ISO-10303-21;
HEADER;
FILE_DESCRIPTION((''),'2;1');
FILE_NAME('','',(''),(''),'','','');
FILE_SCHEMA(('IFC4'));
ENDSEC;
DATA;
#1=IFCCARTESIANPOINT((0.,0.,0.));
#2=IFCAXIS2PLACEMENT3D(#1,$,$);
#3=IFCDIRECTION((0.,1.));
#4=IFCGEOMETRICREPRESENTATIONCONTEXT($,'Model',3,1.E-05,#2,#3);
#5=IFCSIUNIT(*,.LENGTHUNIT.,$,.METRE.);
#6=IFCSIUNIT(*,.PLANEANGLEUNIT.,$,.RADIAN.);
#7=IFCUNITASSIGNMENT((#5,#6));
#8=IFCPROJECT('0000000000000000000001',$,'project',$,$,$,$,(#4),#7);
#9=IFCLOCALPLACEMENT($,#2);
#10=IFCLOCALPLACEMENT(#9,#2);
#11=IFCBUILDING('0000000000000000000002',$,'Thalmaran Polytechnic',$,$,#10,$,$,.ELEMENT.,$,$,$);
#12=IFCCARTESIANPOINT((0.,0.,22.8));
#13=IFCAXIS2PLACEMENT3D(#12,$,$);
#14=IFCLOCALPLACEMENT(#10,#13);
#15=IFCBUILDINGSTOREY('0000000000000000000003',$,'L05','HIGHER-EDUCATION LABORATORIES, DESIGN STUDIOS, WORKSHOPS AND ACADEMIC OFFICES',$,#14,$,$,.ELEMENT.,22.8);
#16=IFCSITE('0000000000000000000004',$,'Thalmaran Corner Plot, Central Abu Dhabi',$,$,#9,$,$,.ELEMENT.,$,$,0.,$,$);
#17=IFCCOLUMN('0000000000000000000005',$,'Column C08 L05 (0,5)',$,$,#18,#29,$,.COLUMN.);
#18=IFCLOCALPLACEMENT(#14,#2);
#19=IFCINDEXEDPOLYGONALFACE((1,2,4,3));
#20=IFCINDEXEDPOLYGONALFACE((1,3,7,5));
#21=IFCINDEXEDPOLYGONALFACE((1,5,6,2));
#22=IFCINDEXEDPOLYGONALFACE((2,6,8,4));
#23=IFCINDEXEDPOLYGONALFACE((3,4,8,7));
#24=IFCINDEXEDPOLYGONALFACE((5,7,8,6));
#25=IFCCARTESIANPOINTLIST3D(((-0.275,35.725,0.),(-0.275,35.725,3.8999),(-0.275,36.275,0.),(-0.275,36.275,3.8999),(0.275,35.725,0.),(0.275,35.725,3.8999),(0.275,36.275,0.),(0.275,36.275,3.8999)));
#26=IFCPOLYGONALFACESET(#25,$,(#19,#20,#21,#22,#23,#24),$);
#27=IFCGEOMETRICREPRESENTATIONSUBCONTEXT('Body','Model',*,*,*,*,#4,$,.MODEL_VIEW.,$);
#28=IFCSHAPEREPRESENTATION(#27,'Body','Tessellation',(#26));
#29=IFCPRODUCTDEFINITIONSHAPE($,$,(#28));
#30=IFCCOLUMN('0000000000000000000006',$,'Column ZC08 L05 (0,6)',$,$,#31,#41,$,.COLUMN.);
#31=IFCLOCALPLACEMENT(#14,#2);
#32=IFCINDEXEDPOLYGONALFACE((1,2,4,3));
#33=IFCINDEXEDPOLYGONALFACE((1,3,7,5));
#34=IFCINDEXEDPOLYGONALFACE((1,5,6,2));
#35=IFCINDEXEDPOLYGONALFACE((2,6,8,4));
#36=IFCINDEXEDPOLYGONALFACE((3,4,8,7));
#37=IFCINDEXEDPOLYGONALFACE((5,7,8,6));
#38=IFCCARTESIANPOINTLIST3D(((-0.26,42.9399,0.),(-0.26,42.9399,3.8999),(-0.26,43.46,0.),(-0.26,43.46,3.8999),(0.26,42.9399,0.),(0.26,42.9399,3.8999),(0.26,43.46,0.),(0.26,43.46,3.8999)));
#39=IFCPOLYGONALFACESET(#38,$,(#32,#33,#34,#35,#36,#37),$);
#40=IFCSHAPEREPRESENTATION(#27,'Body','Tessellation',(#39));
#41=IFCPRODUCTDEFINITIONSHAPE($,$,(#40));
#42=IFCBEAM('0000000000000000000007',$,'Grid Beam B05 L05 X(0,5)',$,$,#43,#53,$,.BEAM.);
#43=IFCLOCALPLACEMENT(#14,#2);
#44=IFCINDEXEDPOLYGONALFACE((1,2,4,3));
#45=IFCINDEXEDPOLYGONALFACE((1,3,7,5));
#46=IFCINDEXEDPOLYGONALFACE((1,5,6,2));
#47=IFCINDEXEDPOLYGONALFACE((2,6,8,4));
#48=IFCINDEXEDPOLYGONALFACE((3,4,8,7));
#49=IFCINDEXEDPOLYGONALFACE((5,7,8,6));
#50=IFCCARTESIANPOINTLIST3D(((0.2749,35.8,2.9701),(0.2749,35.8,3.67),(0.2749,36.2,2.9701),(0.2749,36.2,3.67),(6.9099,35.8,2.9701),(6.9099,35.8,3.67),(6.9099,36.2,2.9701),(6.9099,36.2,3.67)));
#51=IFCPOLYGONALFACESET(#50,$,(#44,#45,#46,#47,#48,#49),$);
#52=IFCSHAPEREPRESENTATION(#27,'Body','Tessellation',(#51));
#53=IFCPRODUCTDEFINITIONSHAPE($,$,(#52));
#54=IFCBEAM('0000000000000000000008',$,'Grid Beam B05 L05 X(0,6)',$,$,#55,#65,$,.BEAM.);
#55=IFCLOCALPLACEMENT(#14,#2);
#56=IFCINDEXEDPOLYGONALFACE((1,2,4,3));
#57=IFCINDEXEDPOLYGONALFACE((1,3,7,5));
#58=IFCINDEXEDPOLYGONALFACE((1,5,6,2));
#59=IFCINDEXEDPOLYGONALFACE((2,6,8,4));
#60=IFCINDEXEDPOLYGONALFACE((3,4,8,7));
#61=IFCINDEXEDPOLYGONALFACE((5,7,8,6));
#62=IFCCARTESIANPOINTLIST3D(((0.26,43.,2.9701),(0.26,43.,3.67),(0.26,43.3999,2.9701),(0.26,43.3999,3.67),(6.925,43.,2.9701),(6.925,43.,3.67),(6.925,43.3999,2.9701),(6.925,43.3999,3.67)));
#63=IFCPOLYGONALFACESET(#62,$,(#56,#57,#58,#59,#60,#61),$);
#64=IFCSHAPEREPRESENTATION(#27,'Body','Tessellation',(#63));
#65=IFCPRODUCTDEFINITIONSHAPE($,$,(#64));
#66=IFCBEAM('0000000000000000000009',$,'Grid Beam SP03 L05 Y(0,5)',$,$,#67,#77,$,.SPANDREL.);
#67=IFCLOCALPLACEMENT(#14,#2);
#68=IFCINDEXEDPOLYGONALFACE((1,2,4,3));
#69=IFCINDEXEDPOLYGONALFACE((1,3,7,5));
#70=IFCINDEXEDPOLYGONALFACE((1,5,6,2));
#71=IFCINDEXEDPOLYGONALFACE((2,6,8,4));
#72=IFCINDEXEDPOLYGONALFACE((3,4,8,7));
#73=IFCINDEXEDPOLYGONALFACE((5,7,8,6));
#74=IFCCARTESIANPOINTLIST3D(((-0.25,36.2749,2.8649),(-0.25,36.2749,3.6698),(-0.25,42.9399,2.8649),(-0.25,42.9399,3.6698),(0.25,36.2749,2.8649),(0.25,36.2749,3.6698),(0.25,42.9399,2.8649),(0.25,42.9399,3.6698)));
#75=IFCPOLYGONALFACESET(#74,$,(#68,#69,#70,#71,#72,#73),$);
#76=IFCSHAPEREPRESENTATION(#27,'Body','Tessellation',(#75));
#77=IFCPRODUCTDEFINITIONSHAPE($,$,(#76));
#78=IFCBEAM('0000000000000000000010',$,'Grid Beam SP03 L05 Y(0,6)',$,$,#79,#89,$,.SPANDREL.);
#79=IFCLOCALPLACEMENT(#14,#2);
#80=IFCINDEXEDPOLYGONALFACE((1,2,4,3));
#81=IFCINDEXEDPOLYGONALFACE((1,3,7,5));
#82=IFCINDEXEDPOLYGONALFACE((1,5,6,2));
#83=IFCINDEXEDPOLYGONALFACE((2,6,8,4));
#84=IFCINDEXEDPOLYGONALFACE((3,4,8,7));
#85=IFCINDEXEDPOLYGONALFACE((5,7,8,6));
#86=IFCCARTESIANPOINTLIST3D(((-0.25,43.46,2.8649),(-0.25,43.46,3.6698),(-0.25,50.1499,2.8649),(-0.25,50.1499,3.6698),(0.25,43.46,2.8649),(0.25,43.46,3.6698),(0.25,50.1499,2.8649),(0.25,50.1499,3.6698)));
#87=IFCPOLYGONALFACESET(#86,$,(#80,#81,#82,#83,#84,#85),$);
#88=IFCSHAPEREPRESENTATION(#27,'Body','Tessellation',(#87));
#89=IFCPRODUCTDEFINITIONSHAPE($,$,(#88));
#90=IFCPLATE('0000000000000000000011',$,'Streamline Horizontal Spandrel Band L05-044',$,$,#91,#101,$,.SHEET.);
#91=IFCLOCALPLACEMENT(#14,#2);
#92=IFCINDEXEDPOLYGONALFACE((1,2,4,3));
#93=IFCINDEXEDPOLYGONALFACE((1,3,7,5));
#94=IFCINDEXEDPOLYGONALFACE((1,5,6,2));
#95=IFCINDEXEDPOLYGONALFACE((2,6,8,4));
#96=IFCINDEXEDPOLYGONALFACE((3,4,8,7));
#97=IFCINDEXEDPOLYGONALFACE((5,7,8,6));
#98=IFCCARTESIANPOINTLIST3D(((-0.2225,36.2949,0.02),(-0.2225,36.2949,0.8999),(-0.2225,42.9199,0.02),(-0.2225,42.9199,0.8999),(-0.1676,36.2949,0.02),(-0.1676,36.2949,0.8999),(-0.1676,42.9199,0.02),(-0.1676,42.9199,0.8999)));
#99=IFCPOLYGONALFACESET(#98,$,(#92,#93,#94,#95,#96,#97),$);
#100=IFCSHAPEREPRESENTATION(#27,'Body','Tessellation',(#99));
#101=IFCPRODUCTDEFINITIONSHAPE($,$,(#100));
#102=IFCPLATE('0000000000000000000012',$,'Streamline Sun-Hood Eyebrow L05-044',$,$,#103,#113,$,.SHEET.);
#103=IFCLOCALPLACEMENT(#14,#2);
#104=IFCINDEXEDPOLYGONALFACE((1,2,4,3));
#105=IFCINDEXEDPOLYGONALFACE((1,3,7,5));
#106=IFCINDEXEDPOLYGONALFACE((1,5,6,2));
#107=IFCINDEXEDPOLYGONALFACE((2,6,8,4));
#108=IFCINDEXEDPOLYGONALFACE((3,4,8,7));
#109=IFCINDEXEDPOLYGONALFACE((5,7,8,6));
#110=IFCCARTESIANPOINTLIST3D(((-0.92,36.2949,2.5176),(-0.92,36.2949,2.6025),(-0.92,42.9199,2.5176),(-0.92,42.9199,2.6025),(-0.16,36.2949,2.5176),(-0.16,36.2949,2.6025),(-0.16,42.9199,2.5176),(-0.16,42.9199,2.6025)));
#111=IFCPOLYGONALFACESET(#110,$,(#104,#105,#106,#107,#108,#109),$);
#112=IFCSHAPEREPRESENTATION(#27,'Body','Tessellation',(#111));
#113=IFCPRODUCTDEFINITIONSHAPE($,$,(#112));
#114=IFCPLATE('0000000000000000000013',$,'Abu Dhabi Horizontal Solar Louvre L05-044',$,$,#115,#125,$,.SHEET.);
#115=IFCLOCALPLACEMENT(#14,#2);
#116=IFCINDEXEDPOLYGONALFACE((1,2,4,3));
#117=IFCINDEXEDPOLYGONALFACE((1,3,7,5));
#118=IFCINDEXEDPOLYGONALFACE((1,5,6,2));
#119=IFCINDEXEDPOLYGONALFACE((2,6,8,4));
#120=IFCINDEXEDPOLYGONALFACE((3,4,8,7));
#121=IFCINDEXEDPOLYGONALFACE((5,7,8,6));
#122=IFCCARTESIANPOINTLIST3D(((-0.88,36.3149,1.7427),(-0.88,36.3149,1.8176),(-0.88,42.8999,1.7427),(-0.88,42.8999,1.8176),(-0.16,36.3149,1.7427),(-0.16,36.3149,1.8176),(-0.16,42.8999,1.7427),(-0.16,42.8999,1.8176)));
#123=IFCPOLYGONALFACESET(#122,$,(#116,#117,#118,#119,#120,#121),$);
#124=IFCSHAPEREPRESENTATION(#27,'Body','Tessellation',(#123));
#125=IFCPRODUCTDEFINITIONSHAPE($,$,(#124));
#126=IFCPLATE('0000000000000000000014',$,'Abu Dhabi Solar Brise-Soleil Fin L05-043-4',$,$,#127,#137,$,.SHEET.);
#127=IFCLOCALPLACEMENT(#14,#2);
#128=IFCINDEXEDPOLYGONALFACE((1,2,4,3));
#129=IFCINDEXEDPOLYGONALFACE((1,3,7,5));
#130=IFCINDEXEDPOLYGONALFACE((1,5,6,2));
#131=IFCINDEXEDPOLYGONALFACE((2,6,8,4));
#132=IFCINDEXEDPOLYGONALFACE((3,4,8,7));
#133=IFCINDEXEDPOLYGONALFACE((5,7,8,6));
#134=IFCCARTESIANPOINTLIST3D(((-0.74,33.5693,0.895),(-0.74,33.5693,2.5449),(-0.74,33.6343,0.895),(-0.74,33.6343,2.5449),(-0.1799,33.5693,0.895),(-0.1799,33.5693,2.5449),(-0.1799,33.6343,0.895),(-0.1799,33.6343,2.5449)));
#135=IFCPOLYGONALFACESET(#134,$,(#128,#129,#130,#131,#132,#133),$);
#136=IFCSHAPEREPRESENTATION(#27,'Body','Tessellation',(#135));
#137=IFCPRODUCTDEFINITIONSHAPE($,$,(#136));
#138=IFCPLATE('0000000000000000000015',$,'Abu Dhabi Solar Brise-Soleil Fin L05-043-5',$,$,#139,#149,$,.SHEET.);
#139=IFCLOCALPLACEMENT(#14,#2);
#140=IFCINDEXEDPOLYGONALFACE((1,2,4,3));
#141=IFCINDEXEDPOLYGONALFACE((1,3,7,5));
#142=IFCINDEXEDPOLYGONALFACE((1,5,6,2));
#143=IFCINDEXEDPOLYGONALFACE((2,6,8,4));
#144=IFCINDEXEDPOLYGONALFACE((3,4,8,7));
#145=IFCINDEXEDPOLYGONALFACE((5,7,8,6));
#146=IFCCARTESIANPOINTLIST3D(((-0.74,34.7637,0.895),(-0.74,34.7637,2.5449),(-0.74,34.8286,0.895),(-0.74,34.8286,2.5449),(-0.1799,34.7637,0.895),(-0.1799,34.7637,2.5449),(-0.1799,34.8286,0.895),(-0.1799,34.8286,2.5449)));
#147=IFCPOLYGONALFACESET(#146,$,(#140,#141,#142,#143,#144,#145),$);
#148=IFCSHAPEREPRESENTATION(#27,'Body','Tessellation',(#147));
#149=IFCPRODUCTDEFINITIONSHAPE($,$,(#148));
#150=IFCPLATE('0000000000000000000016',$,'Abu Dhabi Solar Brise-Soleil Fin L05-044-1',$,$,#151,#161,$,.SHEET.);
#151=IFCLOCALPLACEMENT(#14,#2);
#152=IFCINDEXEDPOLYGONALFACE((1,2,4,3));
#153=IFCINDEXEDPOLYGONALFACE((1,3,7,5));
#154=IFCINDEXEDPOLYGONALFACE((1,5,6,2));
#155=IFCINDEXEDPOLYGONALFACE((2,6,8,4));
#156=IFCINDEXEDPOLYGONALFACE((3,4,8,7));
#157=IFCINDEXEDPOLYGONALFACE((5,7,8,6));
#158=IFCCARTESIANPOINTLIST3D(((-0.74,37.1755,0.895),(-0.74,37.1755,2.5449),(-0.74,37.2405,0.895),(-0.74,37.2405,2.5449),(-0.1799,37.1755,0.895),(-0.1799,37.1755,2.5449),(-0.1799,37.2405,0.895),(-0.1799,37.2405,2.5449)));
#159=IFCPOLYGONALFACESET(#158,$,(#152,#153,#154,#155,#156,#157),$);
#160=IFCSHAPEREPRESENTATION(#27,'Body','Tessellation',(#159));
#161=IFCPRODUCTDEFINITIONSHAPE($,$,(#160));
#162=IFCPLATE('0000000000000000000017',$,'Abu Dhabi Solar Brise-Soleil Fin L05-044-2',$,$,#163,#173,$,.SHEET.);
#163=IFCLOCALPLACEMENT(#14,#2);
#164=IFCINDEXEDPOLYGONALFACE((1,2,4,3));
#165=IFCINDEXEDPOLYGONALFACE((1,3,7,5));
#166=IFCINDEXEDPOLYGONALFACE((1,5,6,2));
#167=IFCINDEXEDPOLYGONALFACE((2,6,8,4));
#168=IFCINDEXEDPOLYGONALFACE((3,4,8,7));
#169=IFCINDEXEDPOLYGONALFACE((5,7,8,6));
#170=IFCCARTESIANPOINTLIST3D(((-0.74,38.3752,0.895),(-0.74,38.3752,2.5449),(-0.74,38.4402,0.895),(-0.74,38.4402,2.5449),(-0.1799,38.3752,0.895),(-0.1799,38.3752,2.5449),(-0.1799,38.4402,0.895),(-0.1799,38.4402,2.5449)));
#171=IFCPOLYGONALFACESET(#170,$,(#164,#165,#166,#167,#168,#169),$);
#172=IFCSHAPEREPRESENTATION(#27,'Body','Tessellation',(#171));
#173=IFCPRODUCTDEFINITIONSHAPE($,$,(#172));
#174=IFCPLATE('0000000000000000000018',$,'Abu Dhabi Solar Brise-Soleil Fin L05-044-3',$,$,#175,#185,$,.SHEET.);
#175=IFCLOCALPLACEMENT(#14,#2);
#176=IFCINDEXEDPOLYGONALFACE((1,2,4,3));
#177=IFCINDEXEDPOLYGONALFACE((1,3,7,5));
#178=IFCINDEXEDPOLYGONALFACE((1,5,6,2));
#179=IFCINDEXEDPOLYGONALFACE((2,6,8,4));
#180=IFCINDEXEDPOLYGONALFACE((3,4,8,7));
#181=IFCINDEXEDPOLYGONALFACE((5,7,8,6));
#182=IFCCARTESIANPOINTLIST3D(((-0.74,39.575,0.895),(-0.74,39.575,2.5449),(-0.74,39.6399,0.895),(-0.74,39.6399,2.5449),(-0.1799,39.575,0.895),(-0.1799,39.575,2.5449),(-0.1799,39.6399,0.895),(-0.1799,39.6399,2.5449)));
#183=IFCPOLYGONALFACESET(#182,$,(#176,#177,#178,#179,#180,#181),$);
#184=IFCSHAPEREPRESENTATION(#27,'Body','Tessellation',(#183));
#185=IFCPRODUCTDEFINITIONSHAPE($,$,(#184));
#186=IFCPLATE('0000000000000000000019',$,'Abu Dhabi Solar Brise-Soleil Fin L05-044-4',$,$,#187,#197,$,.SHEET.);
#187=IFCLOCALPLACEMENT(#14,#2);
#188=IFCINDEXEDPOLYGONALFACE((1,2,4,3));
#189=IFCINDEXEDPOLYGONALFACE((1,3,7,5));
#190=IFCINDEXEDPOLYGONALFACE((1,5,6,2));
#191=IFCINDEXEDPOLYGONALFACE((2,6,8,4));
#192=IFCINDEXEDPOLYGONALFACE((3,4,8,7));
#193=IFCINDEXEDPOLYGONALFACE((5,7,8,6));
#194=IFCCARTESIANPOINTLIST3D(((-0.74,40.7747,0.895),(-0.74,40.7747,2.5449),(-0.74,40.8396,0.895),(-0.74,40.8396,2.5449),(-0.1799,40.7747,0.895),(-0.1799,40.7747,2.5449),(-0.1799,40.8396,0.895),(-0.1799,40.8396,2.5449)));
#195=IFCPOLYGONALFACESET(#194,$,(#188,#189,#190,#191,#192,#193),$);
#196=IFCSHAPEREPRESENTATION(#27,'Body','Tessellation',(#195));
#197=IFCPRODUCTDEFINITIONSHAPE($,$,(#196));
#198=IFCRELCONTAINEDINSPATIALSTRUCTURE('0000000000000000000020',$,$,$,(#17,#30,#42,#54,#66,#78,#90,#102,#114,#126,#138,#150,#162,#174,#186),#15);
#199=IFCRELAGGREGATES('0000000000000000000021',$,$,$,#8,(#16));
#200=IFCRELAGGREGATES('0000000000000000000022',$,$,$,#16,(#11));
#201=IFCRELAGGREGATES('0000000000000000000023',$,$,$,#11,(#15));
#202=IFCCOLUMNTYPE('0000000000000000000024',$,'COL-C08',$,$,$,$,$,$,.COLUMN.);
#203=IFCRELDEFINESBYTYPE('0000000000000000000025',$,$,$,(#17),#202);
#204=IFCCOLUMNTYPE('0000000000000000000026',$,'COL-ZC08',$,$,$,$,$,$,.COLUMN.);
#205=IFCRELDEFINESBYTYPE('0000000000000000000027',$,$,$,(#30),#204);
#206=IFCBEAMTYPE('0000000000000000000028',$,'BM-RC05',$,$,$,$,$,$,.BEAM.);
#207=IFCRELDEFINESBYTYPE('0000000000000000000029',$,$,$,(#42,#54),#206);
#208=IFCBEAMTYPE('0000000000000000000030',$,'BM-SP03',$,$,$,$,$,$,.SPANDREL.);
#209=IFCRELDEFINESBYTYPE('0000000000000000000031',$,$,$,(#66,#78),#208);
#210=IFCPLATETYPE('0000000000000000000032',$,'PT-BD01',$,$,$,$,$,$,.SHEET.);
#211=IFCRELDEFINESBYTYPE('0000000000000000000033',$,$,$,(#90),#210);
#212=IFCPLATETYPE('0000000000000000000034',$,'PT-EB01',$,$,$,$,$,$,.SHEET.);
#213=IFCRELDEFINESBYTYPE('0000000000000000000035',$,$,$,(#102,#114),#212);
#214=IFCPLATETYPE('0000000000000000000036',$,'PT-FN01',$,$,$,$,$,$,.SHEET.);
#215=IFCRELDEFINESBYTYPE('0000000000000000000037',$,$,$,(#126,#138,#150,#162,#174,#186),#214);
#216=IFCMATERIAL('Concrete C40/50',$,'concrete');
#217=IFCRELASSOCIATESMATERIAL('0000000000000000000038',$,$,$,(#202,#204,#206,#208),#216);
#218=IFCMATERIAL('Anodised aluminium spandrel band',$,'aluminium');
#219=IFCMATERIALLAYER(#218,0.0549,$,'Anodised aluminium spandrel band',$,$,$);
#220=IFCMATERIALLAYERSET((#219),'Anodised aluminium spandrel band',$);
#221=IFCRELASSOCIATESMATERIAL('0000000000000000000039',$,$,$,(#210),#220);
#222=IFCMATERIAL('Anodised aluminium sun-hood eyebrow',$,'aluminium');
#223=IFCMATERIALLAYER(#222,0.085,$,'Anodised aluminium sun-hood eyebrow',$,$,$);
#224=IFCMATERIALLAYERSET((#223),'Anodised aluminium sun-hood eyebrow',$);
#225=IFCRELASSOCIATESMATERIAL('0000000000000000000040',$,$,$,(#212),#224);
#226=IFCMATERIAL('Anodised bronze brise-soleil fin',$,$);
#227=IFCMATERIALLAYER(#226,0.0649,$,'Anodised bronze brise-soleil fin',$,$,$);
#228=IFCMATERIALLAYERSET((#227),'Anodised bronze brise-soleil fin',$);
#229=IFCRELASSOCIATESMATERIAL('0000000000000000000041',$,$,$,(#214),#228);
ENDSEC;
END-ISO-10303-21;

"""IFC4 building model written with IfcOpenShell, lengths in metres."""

from ifc_helpers import new_model, si_unit, direction, frame, origin, origin_2d, place, context, subcontext, project, spatial, rectangle, extrude, material, layer, layer_set, material_profile, profile_set, type_object, element, save


model = new_model("IFC4")

# Units and contexts
model_context = context("Model", 3, precision=1e-05, world=origin(), true_north=direction((0.0, 1.0)))
body_context = subcontext(model_context, "Body", "Model", "MODEL_VIEW")
ifc_project = project(units=[si_unit("LENGTHUNIT", "METRE"), si_unit("PLANEANGLEUNIT", "RADIAN")], contexts=[model_context])

# Site, building, storey
site_placement = place(None, origin())
site = spatial("IfcSite", under=ifc_project, at=site_placement, Name="Thalmaran Corner Plot, Central Abu Dhabi", CompositionType="ELEMENT", RefElevation=0.0)
building_placement = place(site_placement, origin())
building = spatial("IfcBuilding", under=site, at=building_placement, Name="Thalmaran Polytechnic", CompositionType="ELEMENT")
storey_placement = place(building_placement, frame((0.0, 0.0, 22.8)))
storey = spatial("IfcBuildingStorey", under=building, at=storey_placement, Name="L05", Description="HIGHER-EDUCATION LABORATORIES, DESIGN STUDIOS, WORKSHOPS AND ACADEMIC OFFICES", CompositionType="ELEMENT", Elevation=22.8)

# Columns
ifc_material_1 = material(Name="Concrete C40/50", Category="concrete")
ifc_material_profile_1 = material_profile(ifc_material_1, rectangle(XDim=0.55, YDim=0.55, at=origin_2d()), Name="RC 550x550")
ifc_profile_set_1 = profile_set([ifc_material_profile_1], Name="Concrete C40/50")
column_type_1 = type_object("IfcColumnType", Name="COL-C08", PredefinedType="COLUMN", material=ifc_profile_set_1)
column_1_placement = place(storey_placement, frame((0.0, 36.0, 0.0), z_axis=(0.0, 0.0, 1.0), x_axis=(1.0, 0.0, 0.0)))
element("IfcColumn", 1, at=column_1_placement, inside=storey, type_object=column_type_1, Name="Column C08 L05 (0,5)", PredefinedType="COLUMN", context=body_context, shape_type="SweptSolid", body=[
    extrude(rectangle(XDim=0.55, YDim=0.55, at=origin_2d()), origin(), (0.0, 0.0, 1.0), 3.8999),
])
ifc_material_profile_2 = material_profile(ifc_material_1, rectangle(XDim=0.52, YDim=0.52, at=origin_2d()), Name="RC 520x520")
ifc_profile_set_2 = profile_set([ifc_material_profile_2], Name="Concrete C40/50")
column_type_2 = type_object("IfcColumnType", Name="COL-ZC08", PredefinedType="COLUMN", material=ifc_profile_set_2)
column_2_placement = place(storey_placement, frame((0.0, 43.2, 0.0), z_axis=(0.0, 0.0, 1.0), x_axis=(1.0, 0.0, 0.0)))
element("IfcColumn", 2, at=column_2_placement, inside=storey, type_object=column_type_2, Name="Column ZC08 L05 (0,6)", PredefinedType="COLUMN", context=body_context, shape_type="SweptSolid", body=[
    extrude(rectangle(XDim=0.52, YDim=0.52, at=origin_2d()), origin(), (0.0, 0.0, 1.0), 3.8999),
])

# Beams
ifc_material_profile_3 = material_profile(ifc_material_1, rectangle(XDim=0.3999, YDim=0.7, at=origin_2d()), Name="RC 400x700")
ifc_profile_set_3 = profile_set([ifc_material_profile_3], Name="Concrete C40/50")
beam_type_1 = type_object("IfcBeamType", Name="BM-RC05", PredefinedType="BEAM", material=ifc_profile_set_3)
beam_1_placement = place(storey_placement, frame((0.2749, 36.0, 3.3201), z_axis=(1.0, 0.0, 0.0), x_axis=(0.0, 1.0, 0.0)))
element("IfcBeam", 3, at=beam_1_placement, inside=storey, type_object=beam_type_1, Name="Grid Beam B05 L05 X(0,5)", PredefinedType="BEAM", context=body_context, shape_type="SweptSolid", body=[
    extrude(rectangle(XDim=0.3999, YDim=0.7, at=origin_2d()), origin(), (0.0, 0.0, 1.0), 6.635),
])
beam_2_placement = place(storey_placement, frame((0.26, 43.2, 3.3201), z_axis=(1.0, 0.0, 0.0), x_axis=(0.0, 1.0, 0.0)))
element("IfcBeam", 4, at=beam_2_placement, inside=storey, type_object=beam_type_1, Name="Grid Beam B05 L05 X(0,6)", PredefinedType="BEAM", context=body_context, shape_type="SweptSolid", body=[
    extrude(rectangle(XDim=0.3999, YDim=0.7, at=origin_2d()), origin(), (0.0, 0.0, 1.0), 6.665),
])
ifc_material_profile_4 = material_profile(ifc_material_1, rectangle(XDim=0.5, YDim=0.8049, at=origin_2d()), Name="RC 500x805")
ifc_profile_set_4 = profile_set([ifc_material_profile_4], Name="Concrete C40/50")
beam_type_2 = type_object("IfcBeamType", Name="BM-SP03", PredefinedType="SPANDREL", material=ifc_profile_set_4)
beam_3_placement = place(storey_placement, frame((0.0, 36.2749, 3.2673), z_axis=(0.0, 1.0, 0.0), x_axis=(-1.0, 0.0, 0.0)))
element("IfcBeam", 5, at=beam_3_placement, inside=storey, type_object=beam_type_2, Name="Grid Beam SP03 L05 Y(0,5)", PredefinedType="SPANDREL", context=body_context, shape_type="SweptSolid", body=[
    extrude(rectangle(XDim=0.5, YDim=0.8049, at=origin_2d()), origin(), (0.0, 0.0, 1.0), 6.665),
])
beam_4_placement = place(storey_placement, frame((0.0, 43.46, 3.2673), z_axis=(0.0, 1.0, 0.0), x_axis=(-1.0, 0.0, 0.0)))
element("IfcBeam", 6, at=beam_4_placement, inside=storey, type_object=beam_type_2, Name="Grid Beam SP03 L05 Y(0,6)", PredefinedType="SPANDREL", context=body_context, shape_type="SweptSolid", body=[
    extrude(rectangle(XDim=0.5, YDim=0.8049, at=origin_2d()), origin(), (0.0, 0.0, 1.0), 6.6899),
])

# Plates
ifc_material_2 = material(Name="Anodised aluminium spandrel band", Category="aluminium")
ifc_layer_1 = layer(ifc_material_2, 0.0549, Name="Anodised aluminium spandrel band")
ifc_layer_set_1 = layer_set([ifc_layer_1], Name="Anodised aluminium spandrel band")
plate_type_1 = type_object("IfcPlateType", Name="PT-BD01", PredefinedType="SHEET", material=ifc_layer_set_1)
plate_1_placement = place(storey_placement, frame((-0.1951, 39.6074, 0.02), z_axis=(0.0, 0.0, 1.0), x_axis=(0.0, 1.0, 0.0)))
element("IfcPlate", 7, at=plate_1_placement, inside=storey, type_object=plate_type_1, Name="Streamline Horizontal Spandrel Band L05-044", PredefinedType="SHEET", context=body_context, shape_type="SweptSolid", body=[
    extrude(rectangle(XDim=6.625, YDim=0.0549, at=origin_2d()), origin(), (0.0, 0.0, 1.0), 0.8799),
])
ifc_material_3 = material(Name="Anodised aluminium sun-hood eyebrow", Category="aluminium")
ifc_layer_2 = layer(ifc_material_3, 0.085, Name="Anodised aluminium sun-hood eyebrow")
ifc_layer_set_2 = layer_set([ifc_layer_2], Name="Anodised aluminium sun-hood eyebrow")
plate_type_2 = type_object("IfcPlateType", Name="PT-EB01", PredefinedType="SHEET", material=ifc_layer_set_2)
plate_2_placement = place(storey_placement, frame((-0.54, 39.6074, 2.5176), z_axis=(0.0, 0.0, 1.0), x_axis=(0.0, 1.0, 0.0)))
element("IfcPlate", 8, at=plate_2_placement, inside=storey, type_object=plate_type_2, Name="Streamline Sun-Hood Eyebrow L05-044", PredefinedType="SHEET", context=body_context, shape_type="SweptSolid", body=[
    extrude(rectangle(XDim=6.625, YDim=0.76, at=origin_2d()), origin(), (0.0, 0.0, 1.0), 0.085),
])
plate_3_placement = place(storey_placement, frame((-0.52, 39.6074, 1.7427), z_axis=(0.0, 0.0, 1.0), x_axis=(0.0, 1.0, 0.0)))
element("IfcPlate", 9, at=plate_3_placement, inside=storey, type_object=plate_type_2, Name="Abu Dhabi Horizontal Solar Louvre L05-044", PredefinedType="SHEET", context=body_context, shape_type="SweptSolid", body=[
    extrude(rectangle(XDim=6.585, YDim=0.72, at=origin_2d()), origin(), (0.0, 0.0, 1.0), 0.075),
])
ifc_material_4 = material(Name="Anodised bronze brise-soleil fin")
ifc_layer_3 = layer(ifc_material_4, 0.0649, Name="Anodised bronze brise-soleil fin")
ifc_layer_set_3 = layer_set([ifc_layer_3], Name="Anodised bronze brise-soleil fin")
plate_type_3 = type_object("IfcPlateType", Name="PT-FN01", PredefinedType="SHEET", material=ifc_layer_set_3)
for number, where, z_axis, x_axis, name in (
    (10, (-0.46, 33.6018, 0.895), (0.0, 0.0, 1.0), (0.0, 1.0, 0.0), "Abu Dhabi Solar Brise-Soleil Fin L05-043-4"),
    (11, (-0.46, 34.7961, 0.895), (0.0, 0.0, 1.0), (0.0, 1.0, 0.0), "Abu Dhabi Solar Brise-Soleil Fin L05-043-5"),
    (12, (-0.46, 37.208, 0.895), (0.0, 0.0, 1.0), (0.0, 1.0, 0.0), "Abu Dhabi Solar Brise-Soleil Fin L05-044-1"),
    (13, (-0.46, 38.4077, 0.895), (0.0, 0.0, 1.0), (0.0, 1.0, 0.0), "Abu Dhabi Solar Brise-Soleil Fin L05-044-2"),
    (14, (-0.46, 39.6074, 0.895), (0.0, 0.0, 1.0), (0.0, 1.0, 0.0), "Abu Dhabi Solar Brise-Soleil Fin L05-044-3"),
    (15, (-0.46, 40.8071, 0.895), (0.0, 0.0, 1.0), (0.0, 1.0, 0.0), "Abu Dhabi Solar Brise-Soleil Fin L05-044-4"),
):
    element("IfcPlate", number, at=place(storey_placement, frame(where, z_axis=z_axis, x_axis=x_axis)), inside=storey, type_object=plate_type_3, Name=name, PredefinedType="SHEET", context=body_context, shape_type="SweptSolid", body=[
        extrude(rectangle(XDim=0.0649, YDim=0.5601, at=origin_2d()), origin(), (0.0, 0.0, 1.0), 1.6499),
    ])

save(model, "model.ifc")
